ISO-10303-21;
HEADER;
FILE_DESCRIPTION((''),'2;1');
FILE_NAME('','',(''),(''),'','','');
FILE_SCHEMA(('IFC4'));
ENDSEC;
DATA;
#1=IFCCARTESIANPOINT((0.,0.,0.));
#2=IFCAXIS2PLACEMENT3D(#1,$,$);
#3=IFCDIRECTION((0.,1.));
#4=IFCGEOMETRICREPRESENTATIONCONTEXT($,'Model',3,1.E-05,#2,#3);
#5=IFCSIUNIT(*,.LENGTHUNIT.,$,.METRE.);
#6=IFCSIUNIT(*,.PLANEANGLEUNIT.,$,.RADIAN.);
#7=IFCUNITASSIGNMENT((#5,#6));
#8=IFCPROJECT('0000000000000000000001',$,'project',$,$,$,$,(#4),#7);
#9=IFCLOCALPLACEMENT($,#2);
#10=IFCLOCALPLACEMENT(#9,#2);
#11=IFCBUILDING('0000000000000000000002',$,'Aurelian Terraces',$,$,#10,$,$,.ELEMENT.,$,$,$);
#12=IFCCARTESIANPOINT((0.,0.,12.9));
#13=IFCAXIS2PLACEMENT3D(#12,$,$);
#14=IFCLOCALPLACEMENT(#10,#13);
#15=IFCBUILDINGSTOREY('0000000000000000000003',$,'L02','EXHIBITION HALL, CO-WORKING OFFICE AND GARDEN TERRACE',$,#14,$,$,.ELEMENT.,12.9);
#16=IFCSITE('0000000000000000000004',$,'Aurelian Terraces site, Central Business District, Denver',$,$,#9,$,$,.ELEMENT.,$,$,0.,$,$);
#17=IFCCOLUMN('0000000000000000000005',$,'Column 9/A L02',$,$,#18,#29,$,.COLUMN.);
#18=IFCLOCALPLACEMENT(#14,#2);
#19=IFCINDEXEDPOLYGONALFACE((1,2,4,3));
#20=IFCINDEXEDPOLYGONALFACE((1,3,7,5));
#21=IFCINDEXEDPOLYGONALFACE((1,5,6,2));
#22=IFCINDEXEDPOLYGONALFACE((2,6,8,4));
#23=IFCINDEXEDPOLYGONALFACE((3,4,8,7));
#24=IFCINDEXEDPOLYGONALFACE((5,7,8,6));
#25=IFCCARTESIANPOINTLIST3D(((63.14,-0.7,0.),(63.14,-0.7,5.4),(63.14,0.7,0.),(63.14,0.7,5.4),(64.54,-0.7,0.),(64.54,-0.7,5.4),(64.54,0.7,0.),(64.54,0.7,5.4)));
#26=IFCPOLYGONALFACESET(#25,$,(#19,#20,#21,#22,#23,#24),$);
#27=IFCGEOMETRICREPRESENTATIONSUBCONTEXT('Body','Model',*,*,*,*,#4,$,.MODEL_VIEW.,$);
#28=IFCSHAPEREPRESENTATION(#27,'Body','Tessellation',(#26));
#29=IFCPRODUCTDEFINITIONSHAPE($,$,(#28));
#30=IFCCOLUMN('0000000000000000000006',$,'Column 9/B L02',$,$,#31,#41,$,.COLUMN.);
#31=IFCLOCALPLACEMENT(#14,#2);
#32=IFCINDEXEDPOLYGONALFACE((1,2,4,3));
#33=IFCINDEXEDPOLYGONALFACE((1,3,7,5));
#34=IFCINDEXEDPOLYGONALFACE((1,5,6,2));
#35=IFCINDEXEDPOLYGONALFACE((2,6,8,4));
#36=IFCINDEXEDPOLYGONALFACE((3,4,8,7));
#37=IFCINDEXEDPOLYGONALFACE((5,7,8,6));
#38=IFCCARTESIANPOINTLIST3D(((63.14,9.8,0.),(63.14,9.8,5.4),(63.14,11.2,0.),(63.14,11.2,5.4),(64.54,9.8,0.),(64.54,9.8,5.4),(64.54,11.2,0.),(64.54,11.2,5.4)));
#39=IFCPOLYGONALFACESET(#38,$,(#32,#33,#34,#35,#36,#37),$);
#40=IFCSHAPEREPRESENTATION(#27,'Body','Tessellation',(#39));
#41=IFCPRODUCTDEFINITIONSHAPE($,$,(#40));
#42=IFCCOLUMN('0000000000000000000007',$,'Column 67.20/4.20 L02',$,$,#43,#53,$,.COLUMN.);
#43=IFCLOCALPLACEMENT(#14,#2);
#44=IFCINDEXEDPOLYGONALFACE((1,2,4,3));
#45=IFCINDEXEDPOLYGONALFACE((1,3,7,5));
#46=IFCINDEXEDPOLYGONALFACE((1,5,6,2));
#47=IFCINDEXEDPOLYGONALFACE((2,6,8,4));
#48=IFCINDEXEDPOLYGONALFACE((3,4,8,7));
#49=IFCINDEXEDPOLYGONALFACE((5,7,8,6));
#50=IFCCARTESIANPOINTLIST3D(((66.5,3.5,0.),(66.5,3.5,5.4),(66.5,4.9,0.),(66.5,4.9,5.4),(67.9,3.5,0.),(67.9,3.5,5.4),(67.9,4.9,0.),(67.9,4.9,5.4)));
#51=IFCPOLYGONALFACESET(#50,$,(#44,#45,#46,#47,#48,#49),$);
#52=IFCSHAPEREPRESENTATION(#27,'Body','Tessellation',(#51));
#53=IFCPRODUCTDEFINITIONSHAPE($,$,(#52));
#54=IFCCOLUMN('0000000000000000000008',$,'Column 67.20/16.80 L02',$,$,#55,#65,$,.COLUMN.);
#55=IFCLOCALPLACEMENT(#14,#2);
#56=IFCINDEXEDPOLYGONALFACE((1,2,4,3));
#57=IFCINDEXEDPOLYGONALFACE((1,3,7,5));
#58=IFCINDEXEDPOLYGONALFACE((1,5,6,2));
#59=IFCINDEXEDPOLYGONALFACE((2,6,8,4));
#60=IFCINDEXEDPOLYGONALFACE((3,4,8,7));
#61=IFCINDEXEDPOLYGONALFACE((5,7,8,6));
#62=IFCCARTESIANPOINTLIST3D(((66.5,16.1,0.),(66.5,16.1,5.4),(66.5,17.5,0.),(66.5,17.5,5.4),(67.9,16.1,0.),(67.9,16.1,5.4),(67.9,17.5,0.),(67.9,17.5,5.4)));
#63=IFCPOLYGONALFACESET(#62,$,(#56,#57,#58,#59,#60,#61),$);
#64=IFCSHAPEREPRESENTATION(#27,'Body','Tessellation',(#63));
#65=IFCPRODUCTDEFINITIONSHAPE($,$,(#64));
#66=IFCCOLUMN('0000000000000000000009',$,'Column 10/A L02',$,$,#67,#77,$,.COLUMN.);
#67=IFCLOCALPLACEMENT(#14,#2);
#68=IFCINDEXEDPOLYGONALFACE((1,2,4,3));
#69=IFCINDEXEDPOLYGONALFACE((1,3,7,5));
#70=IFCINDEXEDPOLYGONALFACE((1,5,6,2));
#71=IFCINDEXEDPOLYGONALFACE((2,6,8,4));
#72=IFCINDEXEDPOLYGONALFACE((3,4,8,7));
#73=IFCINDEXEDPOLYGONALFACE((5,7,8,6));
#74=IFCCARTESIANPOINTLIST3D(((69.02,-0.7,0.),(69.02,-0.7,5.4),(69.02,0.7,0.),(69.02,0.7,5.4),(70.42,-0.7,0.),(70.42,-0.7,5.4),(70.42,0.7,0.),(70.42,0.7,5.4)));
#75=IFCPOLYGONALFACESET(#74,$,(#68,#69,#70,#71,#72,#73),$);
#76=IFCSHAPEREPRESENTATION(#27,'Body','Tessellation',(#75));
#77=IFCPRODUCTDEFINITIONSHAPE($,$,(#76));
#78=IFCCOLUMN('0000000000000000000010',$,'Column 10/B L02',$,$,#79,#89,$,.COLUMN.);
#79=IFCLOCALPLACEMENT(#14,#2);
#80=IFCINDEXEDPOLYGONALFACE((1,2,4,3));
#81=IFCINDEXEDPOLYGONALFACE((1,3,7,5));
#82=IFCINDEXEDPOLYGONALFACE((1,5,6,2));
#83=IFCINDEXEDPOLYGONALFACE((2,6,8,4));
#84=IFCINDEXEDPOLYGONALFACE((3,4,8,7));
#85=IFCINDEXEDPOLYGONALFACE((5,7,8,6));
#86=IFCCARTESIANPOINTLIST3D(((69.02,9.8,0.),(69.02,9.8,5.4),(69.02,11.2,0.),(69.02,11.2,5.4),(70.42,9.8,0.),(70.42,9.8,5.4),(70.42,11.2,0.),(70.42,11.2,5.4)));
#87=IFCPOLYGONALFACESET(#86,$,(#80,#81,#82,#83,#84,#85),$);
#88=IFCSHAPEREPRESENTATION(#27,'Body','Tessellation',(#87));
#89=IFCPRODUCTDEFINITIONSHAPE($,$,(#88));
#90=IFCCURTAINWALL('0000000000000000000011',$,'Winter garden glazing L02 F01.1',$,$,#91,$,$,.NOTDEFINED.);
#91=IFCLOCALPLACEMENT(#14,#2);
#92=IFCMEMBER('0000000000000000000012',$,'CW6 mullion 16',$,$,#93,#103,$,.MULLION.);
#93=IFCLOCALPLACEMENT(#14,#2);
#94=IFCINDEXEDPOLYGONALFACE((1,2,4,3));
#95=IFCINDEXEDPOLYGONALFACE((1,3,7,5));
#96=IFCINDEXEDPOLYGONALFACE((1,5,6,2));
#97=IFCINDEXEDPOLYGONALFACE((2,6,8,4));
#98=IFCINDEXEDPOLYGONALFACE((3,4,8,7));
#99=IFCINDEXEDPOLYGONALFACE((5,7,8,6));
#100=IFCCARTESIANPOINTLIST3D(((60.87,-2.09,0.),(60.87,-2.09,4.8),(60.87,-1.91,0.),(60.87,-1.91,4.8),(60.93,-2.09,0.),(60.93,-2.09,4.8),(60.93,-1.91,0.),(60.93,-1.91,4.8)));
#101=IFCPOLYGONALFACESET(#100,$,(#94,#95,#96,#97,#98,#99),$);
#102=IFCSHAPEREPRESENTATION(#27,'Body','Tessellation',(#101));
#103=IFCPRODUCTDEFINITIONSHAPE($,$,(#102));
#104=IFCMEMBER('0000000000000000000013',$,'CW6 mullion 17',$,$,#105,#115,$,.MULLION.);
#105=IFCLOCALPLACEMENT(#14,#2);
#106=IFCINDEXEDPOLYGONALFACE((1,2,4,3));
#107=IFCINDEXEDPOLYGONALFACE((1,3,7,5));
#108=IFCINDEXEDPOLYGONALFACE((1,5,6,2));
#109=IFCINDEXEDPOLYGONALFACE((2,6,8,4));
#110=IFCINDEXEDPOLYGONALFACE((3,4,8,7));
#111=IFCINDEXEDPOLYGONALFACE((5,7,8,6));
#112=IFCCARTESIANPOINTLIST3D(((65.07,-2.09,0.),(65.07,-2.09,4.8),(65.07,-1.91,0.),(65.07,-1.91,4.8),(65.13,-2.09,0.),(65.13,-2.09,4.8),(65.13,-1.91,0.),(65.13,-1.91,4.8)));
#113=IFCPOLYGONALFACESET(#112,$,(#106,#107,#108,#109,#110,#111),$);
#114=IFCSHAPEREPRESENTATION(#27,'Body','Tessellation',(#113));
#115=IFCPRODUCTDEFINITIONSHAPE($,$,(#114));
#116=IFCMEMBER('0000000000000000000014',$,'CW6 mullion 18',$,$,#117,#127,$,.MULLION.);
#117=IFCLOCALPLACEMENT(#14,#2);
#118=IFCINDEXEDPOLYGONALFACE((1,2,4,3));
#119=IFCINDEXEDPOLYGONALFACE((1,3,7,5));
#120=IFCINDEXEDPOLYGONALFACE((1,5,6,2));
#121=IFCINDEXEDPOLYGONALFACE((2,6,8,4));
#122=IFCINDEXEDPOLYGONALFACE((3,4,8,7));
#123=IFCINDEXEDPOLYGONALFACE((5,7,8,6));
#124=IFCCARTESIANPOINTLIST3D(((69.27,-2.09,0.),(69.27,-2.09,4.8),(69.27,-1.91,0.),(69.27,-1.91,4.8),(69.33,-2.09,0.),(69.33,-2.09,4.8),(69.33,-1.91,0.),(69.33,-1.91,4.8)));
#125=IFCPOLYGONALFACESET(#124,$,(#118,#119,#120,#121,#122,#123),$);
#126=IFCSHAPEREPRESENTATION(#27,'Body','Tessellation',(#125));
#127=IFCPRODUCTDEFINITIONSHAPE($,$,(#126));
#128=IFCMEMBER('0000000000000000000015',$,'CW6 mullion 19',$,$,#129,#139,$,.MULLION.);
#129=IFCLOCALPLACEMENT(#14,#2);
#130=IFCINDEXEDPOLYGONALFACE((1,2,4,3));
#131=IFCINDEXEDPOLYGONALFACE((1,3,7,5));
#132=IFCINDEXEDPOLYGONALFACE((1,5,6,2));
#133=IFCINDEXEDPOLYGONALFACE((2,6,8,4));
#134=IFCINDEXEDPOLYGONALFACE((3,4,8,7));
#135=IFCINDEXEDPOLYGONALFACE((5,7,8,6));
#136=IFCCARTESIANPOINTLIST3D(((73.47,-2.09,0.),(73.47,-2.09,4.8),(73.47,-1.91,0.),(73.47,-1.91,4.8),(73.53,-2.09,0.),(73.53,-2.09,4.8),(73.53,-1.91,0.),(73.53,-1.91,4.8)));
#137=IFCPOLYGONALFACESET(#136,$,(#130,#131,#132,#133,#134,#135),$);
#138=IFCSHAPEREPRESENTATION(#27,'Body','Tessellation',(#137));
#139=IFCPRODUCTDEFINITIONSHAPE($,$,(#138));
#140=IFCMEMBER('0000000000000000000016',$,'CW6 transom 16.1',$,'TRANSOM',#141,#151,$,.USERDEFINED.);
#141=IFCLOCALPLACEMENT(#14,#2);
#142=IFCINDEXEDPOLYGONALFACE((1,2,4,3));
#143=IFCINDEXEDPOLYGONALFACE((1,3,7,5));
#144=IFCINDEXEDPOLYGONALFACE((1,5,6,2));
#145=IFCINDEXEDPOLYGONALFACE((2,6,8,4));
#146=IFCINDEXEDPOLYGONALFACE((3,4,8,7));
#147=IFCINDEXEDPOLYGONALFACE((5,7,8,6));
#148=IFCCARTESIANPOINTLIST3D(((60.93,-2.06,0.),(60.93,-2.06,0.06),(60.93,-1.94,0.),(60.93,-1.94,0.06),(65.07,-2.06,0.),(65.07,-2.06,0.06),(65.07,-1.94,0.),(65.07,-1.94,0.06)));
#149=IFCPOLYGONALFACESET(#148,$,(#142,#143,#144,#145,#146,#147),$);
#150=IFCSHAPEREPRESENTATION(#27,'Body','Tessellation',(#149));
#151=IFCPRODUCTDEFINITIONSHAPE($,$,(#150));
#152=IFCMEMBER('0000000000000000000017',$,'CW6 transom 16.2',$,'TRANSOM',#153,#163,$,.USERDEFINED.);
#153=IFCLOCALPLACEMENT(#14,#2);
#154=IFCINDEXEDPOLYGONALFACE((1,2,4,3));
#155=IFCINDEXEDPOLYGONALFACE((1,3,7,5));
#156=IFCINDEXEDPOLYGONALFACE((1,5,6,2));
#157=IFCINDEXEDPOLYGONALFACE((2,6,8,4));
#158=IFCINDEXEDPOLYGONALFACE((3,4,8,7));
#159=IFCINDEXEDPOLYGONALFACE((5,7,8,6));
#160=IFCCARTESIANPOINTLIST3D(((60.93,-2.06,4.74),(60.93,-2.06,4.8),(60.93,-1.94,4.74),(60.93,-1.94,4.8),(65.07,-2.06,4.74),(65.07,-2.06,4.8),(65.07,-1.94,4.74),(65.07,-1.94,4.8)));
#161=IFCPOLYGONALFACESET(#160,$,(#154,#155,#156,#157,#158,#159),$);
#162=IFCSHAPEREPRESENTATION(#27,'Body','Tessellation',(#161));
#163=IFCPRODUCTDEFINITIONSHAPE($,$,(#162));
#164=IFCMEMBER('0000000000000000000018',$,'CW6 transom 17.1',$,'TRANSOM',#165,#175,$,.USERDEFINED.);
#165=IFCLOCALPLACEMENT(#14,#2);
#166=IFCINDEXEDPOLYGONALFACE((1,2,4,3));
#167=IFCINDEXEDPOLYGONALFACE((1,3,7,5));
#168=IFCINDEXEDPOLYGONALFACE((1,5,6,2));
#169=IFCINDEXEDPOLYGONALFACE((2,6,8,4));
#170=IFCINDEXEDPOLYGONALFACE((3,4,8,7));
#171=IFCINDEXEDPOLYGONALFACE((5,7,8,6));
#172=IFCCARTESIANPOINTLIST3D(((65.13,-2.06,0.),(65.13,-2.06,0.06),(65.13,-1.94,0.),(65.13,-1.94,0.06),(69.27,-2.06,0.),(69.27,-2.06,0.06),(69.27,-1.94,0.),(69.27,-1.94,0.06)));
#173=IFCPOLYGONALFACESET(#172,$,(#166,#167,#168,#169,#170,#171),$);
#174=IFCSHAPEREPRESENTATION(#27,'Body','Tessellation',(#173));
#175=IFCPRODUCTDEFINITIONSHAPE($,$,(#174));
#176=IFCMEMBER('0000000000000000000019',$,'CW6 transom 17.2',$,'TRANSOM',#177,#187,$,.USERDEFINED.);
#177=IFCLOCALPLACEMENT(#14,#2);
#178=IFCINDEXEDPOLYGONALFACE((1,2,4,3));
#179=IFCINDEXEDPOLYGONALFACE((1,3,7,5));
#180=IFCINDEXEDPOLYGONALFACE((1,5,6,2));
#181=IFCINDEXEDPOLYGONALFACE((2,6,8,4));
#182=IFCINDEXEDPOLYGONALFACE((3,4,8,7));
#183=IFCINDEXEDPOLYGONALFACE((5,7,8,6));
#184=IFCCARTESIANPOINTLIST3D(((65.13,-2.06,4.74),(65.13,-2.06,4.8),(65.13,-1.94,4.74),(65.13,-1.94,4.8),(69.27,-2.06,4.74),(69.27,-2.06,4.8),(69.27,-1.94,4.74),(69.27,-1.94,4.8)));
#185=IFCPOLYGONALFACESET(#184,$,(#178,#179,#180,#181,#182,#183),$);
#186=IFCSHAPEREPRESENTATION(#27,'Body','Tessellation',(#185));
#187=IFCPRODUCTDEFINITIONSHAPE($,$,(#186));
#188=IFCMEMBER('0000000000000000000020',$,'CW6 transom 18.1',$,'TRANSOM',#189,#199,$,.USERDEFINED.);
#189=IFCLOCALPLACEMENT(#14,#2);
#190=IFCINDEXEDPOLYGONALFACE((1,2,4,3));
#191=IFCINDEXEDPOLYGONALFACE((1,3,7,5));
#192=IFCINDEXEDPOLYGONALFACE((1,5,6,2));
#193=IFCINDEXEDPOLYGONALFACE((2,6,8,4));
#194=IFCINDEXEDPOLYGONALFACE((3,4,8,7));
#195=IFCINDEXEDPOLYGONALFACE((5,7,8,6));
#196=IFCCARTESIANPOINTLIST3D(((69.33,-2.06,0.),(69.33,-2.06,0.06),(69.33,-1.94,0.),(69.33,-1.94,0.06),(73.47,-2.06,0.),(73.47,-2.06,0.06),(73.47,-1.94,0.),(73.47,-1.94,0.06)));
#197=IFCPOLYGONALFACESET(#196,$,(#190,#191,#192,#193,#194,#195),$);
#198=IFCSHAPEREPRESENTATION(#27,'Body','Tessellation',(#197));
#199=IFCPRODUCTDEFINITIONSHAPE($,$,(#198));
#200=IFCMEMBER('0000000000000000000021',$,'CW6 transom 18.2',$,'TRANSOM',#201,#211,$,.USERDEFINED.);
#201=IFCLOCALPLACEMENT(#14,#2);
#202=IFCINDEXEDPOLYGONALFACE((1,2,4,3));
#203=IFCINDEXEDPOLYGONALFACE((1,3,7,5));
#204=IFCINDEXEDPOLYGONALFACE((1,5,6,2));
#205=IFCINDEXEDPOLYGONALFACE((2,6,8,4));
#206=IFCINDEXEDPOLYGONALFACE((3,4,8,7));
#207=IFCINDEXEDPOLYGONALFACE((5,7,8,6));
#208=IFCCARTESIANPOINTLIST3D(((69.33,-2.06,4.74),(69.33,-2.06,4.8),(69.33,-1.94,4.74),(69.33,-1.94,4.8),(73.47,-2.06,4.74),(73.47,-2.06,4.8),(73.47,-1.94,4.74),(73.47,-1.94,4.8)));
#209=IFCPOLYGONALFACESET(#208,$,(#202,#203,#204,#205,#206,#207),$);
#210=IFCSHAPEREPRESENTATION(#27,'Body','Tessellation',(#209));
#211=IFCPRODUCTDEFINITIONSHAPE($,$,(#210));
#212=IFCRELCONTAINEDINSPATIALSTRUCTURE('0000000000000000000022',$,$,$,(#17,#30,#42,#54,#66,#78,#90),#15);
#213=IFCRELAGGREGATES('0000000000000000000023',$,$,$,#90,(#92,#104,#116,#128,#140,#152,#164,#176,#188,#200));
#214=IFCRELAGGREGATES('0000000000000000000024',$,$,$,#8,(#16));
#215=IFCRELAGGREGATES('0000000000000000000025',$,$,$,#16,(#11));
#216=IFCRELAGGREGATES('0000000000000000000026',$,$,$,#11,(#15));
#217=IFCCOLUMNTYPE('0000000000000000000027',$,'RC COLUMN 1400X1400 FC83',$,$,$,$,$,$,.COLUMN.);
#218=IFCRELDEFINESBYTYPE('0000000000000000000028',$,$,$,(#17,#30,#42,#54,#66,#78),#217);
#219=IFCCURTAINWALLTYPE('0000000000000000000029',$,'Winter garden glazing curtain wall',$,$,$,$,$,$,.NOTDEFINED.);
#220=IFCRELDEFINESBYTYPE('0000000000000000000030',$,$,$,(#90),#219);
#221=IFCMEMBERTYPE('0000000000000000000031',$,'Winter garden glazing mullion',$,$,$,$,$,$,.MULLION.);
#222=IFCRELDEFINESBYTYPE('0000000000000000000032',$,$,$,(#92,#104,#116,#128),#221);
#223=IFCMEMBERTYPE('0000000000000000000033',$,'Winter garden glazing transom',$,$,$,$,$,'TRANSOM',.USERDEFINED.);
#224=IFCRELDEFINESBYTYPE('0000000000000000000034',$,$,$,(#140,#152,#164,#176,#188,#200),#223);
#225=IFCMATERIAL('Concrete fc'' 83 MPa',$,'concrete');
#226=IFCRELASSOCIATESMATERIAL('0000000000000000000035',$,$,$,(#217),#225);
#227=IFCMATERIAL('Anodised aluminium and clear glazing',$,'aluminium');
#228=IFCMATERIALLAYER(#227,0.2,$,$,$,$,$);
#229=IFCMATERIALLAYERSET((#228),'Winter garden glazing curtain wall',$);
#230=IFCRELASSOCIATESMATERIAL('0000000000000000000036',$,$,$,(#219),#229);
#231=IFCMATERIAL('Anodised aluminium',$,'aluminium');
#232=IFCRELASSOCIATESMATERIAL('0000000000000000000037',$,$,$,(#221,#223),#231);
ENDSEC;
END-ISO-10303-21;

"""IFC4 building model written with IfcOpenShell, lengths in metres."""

from ifc_helpers import new_model, si_unit, direction, frame, origin, origin_2d, place, context, subcontext, project, spatial, rectangle, extrude, source, transform, mapped, material, layer, layer_set, material_profile, profile_set, type_object, element, aggregate, save


model = new_model("IFC4")

# Units and contexts
model_context = context("Model", 3, precision=1e-05, world=origin(), true_north=direction((0.0, 1.0)))
body_context = subcontext(model_context, "Body", "Model", "MODEL_VIEW")
ifc_project = project(units=[si_unit("LENGTHUNIT", "METRE"), si_unit("PLANEANGLEUNIT", "RADIAN")], contexts=[model_context])

# Site, building, storey
site_placement = place(None, origin())
site = spatial("IfcSite", under=ifc_project, at=site_placement, Name="Aurelian Terraces site, Central Business District, Denver", CompositionType="ELEMENT", RefElevation=0.0)
building_placement = place(site_placement, origin())
building = spatial("IfcBuilding", under=site, at=building_placement, Name="Aurelian Terraces", CompositionType="ELEMENT")
storey_placement = place(building_placement, frame((0.0, 0.0, 12.9)))
storey = spatial("IfcBuildingStorey", under=building, at=storey_placement, Name="L02", Description="EXHIBITION HALL, CO-WORKING OFFICE AND GARDEN TERRACE", CompositionType="ELEMENT", Elevation=12.9)

# Columns
ifc_material_1 = material(Name="Concrete fc' 83 MPa", Category="concrete")
ifc_material_profile_1 = material_profile(ifc_material_1, rectangle(XDim=1.4, YDim=1.4, at=origin_2d()))
ifc_profile_set_1 = profile_set([ifc_material_profile_1], Name="Concrete fc' 83 MPa")
column_type = type_object("IfcColumnType", Name="RC COLUMN 1400X1400 FC83", PredefinedType="COLUMN", material=ifc_profile_set_1)
shared_shape_1 = source(origin(), body_context, "Body", "SweptSolid", [
    extrude(rectangle(XDim=1.4, YDim=1.4, at=origin_2d()), origin(), (0.0, 0.0, 1.0), 5.4),
])
for number, where, z_axis, x_axis, name in (
    (1, (63.84, 0.0, 0.0), (0.0, 0.0, 1.0), (1.0, 0.0, 0.0), "Column 9/A L02"),
    (2, (63.84, 10.5, 0.0), (0.0, 0.0, 1.0), (1.0, 0.0, 0.0), "Column 9/B L02"),
    (3, (67.2, 4.2, 0.0), (0.0, 0.0, 1.0), (1.0, 0.0, 0.0), "Column 67.20/4.20 L02"),
    (4, (67.2, 16.8, 0.0), (0.0, 0.0, 1.0), (1.0, 0.0, 0.0), "Column 67.20/16.80 L02"),
    (5, (69.72, 0.0, 0.0), (0.0, 0.0, 1.0), (1.0, 0.0, 0.0), "Column 10/A L02"),
    (6, (69.72, 10.5, 0.0), (0.0, 0.0, 1.0), (1.0, 0.0, 0.0), "Column 10/B L02"),
):
    element("IfcColumn", number, at=place(storey_placement, frame(where, z_axis=z_axis, x_axis=x_axis)), inside=storey, type_object=column_type, Name=name, PredefinedType="COLUMN", context=body_context, shape_type="MappedRepresentation", body=[
        mapped(shared_shape_1, transform((0.0, 0.0, 0.0), scale=1.0)),
    ])

# Curtain wall, members
ifc_material_2 = material(Name="Anodised aluminium and clear glazing", Category="aluminium")
ifc_layer_1 = layer(ifc_material_2, 0.2)
ifc_layer_set_1 = layer_set([ifc_layer_1], Name="Winter garden glazing curtain wall")
curtain_wall_type = type_object("IfcCurtainWallType", Name="Winter garden glazing curtain wall", PredefinedType="NOTDEFINED", material=ifc_layer_set_1)
curtain_wall_placement = place(storey_placement, origin())
curtain_wall = element("IfcCurtainWall", 7, at=curtain_wall_placement, inside=storey, type_object=curtain_wall_type, Name="Winter garden glazing L02 F01.1", PredefinedType="NOTDEFINED")
ifc_material_3 = material(Name="Anodised aluminium", Category="aluminium")
ifc_material_profile_2 = material_profile(ifc_material_3, rectangle(XDim=0.18, YDim=0.06, at=origin_2d()))
ifc_profile_set_2 = profile_set([ifc_material_profile_2], Name="Anodised aluminium")
member_type_1 = type_object("IfcMemberType", Name="Winter garden glazing mullion", PredefinedType="MULLION", material=ifc_profile_set_2)
shared_shape_2 = source(origin(), body_context, "Body", "SweptSolid", [
    extrude(rectangle(XDim=0.18, YDim=0.06, at=origin_2d()), origin(), (0.0, 0.0, 1.0), 4.8),
])
member_1_placement = place(storey_placement, frame((60.9, -2.0, 0.0), z_axis=(0.0, 0.0, 1.0), x_axis=(0.0, 1.0, 0.0)))
member_1 = element("IfcMember", 8, at=member_1_placement, type_object=member_type_1, Name="CW6 mullion 16", PredefinedType="MULLION", context=body_context, shape_type="MappedRepresentation", body=[
    mapped(shared_shape_2, transform((0.0, 0.0, 0.0), scale=1.0)),
])
member_2_placement = place(storey_placement, frame((65.1, -2.0, 0.0), z_axis=(0.0, 0.0, 1.0), x_axis=(0.0, 1.0, 0.0)))
member_2 = element("IfcMember", 9, at=member_2_placement, type_object=member_type_1, Name="CW6 mullion 17", PredefinedType="MULLION", context=body_context, shape_type="MappedRepresentation", body=[
    mapped(shared_shape_2, transform((0.0, 0.0, 0.0), scale=1.0)),
])
member_3_placement = place(storey_placement, frame((69.3, -2.0, 0.0), z_axis=(0.0, 0.0, 1.0), x_axis=(0.0, 1.0, 0.0)))
member_3 = element("IfcMember", 10, at=member_3_placement, type_object=member_type_1, Name="CW6 mullion 18", PredefinedType="MULLION", context=body_context, shape_type="MappedRepresentation", body=[
    mapped(shared_shape_2, transform((0.0, 0.0, 0.0), scale=1.0)),
])
member_4_placement = place(storey_placement, frame((73.5, -2.0, 0.0), z_axis=(0.0, 0.0, 1.0), x_axis=(0.0, 1.0, 0.0)))
member_4 = element("IfcMember", 11, at=member_4_placement, type_object=member_type_1, Name="CW6 mullion 19", PredefinedType="MULLION", context=body_context, shape_type="MappedRepresentation", body=[
    mapped(shared_shape_2, transform((0.0, 0.0, 0.0), scale=1.0)),
])
ifc_material_profile_3 = material_profile(ifc_material_3, rectangle(XDim=0.12, YDim=0.06, at=origin_2d()))
ifc_profile_set_3 = profile_set([ifc_material_profile_3], Name="Anodised aluminium")
member_type_2 = type_object("IfcMemberType", Name="Winter garden glazing transom", ElementType="TRANSOM", PredefinedType="USERDEFINED", material=ifc_profile_set_3)
shared_shape_3 = source(origin(), body_context, "Body", "SweptSolid", [
    extrude(rectangle(XDim=0.12, YDim=0.06, at=origin_2d()), origin(), (0.0, 0.0, 1.0), 4.14),
])
member_5_placement = place(storey_placement, frame((60.93, -2.0, 0.03), z_axis=(1.0, 0.0, 0.0), x_axis=(0.0, 1.0, 0.0)))
member_5 = element("IfcMember", 12, at=member_5_placement, type_object=member_type_2, Name="CW6 transom 16.1", ObjectType="TRANSOM", PredefinedType="USERDEFINED", context=body_context, shape_type="MappedRepresentation", body=[
    mapped(shared_shape_3, transform((0.0, 0.0, 0.0), scale=1.0)),
])
member_6_placement = place(storey_placement, frame((60.93, -2.0, 4.77), z_axis=(1.0, 0.0, 0.0), x_axis=(0.0, 1.0, 0.0)))
member_6 = element("IfcMember", 13, at=member_6_placement, type_object=member_type_2, Name="CW6 transom 16.2", ObjectType="TRANSOM", PredefinedType="USERDEFINED", context=body_context, shape_type="MappedRepresentation", body=[
    mapped(shared_shape_3, transform((0.0, 0.0, 0.0), scale=1.0)),
])
member_7_placement = place(storey_placement, frame((65.13, -2.0, 0.03), z_axis=(1.0, 0.0, 0.0), x_axis=(0.0, 1.0, 0.0)))
member_7 = element("IfcMember", 14, at=member_7_placement, type_object=member_type_2, Name="CW6 transom 17.1", ObjectType="TRANSOM", PredefinedType="USERDEFINED", context=body_context, shape_type="MappedRepresentation", body=[
    mapped(shared_shape_3, transform((0.0, 0.0, 0.0), scale=1.0)),
])
member_8_placement = place(storey_placement, frame((65.13, -2.0, 4.77), z_axis=(1.0, 0.0, 0.0), x_axis=(0.0, 1.0, 0.0)))
member_8 = element("IfcMember", 15, at=member_8_placement, type_object=member_type_2, Name="CW6 transom 17.2", ObjectType="TRANSOM", PredefinedType="USERDEFINED", context=body_context, shape_type="MappedRepresentation", body=[
    mapped(shared_shape_3, transform((0.0, 0.0, 0.0), scale=1.0)),
])
member_9_placement = place(storey_placement, frame((69.33, -2.0, 0.03), z_axis=(1.0, 0.0, 0.0), x_axis=(0.0, 1.0, 0.0)))
member_9 = element("IfcMember", 16, at=member_9_placement, type_object=member_type_2, Name="CW6 transom 18.1", ObjectType="TRANSOM", PredefinedType="USERDEFINED", context=body_context, shape_type="MappedRepresentation", body=[
    mapped(shared_shape_3, transform((0.0, 0.0, 0.0), scale=1.0)),
])
member_10_placement = place(storey_placement, frame((69.33, -2.0, 4.77), z_axis=(1.0, 0.0, 0.0), x_axis=(0.0, 1.0, 0.0)))
member_10 = element("IfcMember", 17, at=member_10_placement, type_object=member_type_2, Name="CW6 transom 18.2", ObjectType="TRANSOM", PredefinedType="USERDEFINED", context=body_context, shape_type="MappedRepresentation", body=[
    mapped(shared_shape_3, transform((0.0, 0.0, 0.0), scale=1.0)),
])
aggregate(curtain_wall, [member_1, member_2, member_3, member_4, member_5, member_6, member_7, member_8, member_9, member_10])

save(model, "model.ifc")
